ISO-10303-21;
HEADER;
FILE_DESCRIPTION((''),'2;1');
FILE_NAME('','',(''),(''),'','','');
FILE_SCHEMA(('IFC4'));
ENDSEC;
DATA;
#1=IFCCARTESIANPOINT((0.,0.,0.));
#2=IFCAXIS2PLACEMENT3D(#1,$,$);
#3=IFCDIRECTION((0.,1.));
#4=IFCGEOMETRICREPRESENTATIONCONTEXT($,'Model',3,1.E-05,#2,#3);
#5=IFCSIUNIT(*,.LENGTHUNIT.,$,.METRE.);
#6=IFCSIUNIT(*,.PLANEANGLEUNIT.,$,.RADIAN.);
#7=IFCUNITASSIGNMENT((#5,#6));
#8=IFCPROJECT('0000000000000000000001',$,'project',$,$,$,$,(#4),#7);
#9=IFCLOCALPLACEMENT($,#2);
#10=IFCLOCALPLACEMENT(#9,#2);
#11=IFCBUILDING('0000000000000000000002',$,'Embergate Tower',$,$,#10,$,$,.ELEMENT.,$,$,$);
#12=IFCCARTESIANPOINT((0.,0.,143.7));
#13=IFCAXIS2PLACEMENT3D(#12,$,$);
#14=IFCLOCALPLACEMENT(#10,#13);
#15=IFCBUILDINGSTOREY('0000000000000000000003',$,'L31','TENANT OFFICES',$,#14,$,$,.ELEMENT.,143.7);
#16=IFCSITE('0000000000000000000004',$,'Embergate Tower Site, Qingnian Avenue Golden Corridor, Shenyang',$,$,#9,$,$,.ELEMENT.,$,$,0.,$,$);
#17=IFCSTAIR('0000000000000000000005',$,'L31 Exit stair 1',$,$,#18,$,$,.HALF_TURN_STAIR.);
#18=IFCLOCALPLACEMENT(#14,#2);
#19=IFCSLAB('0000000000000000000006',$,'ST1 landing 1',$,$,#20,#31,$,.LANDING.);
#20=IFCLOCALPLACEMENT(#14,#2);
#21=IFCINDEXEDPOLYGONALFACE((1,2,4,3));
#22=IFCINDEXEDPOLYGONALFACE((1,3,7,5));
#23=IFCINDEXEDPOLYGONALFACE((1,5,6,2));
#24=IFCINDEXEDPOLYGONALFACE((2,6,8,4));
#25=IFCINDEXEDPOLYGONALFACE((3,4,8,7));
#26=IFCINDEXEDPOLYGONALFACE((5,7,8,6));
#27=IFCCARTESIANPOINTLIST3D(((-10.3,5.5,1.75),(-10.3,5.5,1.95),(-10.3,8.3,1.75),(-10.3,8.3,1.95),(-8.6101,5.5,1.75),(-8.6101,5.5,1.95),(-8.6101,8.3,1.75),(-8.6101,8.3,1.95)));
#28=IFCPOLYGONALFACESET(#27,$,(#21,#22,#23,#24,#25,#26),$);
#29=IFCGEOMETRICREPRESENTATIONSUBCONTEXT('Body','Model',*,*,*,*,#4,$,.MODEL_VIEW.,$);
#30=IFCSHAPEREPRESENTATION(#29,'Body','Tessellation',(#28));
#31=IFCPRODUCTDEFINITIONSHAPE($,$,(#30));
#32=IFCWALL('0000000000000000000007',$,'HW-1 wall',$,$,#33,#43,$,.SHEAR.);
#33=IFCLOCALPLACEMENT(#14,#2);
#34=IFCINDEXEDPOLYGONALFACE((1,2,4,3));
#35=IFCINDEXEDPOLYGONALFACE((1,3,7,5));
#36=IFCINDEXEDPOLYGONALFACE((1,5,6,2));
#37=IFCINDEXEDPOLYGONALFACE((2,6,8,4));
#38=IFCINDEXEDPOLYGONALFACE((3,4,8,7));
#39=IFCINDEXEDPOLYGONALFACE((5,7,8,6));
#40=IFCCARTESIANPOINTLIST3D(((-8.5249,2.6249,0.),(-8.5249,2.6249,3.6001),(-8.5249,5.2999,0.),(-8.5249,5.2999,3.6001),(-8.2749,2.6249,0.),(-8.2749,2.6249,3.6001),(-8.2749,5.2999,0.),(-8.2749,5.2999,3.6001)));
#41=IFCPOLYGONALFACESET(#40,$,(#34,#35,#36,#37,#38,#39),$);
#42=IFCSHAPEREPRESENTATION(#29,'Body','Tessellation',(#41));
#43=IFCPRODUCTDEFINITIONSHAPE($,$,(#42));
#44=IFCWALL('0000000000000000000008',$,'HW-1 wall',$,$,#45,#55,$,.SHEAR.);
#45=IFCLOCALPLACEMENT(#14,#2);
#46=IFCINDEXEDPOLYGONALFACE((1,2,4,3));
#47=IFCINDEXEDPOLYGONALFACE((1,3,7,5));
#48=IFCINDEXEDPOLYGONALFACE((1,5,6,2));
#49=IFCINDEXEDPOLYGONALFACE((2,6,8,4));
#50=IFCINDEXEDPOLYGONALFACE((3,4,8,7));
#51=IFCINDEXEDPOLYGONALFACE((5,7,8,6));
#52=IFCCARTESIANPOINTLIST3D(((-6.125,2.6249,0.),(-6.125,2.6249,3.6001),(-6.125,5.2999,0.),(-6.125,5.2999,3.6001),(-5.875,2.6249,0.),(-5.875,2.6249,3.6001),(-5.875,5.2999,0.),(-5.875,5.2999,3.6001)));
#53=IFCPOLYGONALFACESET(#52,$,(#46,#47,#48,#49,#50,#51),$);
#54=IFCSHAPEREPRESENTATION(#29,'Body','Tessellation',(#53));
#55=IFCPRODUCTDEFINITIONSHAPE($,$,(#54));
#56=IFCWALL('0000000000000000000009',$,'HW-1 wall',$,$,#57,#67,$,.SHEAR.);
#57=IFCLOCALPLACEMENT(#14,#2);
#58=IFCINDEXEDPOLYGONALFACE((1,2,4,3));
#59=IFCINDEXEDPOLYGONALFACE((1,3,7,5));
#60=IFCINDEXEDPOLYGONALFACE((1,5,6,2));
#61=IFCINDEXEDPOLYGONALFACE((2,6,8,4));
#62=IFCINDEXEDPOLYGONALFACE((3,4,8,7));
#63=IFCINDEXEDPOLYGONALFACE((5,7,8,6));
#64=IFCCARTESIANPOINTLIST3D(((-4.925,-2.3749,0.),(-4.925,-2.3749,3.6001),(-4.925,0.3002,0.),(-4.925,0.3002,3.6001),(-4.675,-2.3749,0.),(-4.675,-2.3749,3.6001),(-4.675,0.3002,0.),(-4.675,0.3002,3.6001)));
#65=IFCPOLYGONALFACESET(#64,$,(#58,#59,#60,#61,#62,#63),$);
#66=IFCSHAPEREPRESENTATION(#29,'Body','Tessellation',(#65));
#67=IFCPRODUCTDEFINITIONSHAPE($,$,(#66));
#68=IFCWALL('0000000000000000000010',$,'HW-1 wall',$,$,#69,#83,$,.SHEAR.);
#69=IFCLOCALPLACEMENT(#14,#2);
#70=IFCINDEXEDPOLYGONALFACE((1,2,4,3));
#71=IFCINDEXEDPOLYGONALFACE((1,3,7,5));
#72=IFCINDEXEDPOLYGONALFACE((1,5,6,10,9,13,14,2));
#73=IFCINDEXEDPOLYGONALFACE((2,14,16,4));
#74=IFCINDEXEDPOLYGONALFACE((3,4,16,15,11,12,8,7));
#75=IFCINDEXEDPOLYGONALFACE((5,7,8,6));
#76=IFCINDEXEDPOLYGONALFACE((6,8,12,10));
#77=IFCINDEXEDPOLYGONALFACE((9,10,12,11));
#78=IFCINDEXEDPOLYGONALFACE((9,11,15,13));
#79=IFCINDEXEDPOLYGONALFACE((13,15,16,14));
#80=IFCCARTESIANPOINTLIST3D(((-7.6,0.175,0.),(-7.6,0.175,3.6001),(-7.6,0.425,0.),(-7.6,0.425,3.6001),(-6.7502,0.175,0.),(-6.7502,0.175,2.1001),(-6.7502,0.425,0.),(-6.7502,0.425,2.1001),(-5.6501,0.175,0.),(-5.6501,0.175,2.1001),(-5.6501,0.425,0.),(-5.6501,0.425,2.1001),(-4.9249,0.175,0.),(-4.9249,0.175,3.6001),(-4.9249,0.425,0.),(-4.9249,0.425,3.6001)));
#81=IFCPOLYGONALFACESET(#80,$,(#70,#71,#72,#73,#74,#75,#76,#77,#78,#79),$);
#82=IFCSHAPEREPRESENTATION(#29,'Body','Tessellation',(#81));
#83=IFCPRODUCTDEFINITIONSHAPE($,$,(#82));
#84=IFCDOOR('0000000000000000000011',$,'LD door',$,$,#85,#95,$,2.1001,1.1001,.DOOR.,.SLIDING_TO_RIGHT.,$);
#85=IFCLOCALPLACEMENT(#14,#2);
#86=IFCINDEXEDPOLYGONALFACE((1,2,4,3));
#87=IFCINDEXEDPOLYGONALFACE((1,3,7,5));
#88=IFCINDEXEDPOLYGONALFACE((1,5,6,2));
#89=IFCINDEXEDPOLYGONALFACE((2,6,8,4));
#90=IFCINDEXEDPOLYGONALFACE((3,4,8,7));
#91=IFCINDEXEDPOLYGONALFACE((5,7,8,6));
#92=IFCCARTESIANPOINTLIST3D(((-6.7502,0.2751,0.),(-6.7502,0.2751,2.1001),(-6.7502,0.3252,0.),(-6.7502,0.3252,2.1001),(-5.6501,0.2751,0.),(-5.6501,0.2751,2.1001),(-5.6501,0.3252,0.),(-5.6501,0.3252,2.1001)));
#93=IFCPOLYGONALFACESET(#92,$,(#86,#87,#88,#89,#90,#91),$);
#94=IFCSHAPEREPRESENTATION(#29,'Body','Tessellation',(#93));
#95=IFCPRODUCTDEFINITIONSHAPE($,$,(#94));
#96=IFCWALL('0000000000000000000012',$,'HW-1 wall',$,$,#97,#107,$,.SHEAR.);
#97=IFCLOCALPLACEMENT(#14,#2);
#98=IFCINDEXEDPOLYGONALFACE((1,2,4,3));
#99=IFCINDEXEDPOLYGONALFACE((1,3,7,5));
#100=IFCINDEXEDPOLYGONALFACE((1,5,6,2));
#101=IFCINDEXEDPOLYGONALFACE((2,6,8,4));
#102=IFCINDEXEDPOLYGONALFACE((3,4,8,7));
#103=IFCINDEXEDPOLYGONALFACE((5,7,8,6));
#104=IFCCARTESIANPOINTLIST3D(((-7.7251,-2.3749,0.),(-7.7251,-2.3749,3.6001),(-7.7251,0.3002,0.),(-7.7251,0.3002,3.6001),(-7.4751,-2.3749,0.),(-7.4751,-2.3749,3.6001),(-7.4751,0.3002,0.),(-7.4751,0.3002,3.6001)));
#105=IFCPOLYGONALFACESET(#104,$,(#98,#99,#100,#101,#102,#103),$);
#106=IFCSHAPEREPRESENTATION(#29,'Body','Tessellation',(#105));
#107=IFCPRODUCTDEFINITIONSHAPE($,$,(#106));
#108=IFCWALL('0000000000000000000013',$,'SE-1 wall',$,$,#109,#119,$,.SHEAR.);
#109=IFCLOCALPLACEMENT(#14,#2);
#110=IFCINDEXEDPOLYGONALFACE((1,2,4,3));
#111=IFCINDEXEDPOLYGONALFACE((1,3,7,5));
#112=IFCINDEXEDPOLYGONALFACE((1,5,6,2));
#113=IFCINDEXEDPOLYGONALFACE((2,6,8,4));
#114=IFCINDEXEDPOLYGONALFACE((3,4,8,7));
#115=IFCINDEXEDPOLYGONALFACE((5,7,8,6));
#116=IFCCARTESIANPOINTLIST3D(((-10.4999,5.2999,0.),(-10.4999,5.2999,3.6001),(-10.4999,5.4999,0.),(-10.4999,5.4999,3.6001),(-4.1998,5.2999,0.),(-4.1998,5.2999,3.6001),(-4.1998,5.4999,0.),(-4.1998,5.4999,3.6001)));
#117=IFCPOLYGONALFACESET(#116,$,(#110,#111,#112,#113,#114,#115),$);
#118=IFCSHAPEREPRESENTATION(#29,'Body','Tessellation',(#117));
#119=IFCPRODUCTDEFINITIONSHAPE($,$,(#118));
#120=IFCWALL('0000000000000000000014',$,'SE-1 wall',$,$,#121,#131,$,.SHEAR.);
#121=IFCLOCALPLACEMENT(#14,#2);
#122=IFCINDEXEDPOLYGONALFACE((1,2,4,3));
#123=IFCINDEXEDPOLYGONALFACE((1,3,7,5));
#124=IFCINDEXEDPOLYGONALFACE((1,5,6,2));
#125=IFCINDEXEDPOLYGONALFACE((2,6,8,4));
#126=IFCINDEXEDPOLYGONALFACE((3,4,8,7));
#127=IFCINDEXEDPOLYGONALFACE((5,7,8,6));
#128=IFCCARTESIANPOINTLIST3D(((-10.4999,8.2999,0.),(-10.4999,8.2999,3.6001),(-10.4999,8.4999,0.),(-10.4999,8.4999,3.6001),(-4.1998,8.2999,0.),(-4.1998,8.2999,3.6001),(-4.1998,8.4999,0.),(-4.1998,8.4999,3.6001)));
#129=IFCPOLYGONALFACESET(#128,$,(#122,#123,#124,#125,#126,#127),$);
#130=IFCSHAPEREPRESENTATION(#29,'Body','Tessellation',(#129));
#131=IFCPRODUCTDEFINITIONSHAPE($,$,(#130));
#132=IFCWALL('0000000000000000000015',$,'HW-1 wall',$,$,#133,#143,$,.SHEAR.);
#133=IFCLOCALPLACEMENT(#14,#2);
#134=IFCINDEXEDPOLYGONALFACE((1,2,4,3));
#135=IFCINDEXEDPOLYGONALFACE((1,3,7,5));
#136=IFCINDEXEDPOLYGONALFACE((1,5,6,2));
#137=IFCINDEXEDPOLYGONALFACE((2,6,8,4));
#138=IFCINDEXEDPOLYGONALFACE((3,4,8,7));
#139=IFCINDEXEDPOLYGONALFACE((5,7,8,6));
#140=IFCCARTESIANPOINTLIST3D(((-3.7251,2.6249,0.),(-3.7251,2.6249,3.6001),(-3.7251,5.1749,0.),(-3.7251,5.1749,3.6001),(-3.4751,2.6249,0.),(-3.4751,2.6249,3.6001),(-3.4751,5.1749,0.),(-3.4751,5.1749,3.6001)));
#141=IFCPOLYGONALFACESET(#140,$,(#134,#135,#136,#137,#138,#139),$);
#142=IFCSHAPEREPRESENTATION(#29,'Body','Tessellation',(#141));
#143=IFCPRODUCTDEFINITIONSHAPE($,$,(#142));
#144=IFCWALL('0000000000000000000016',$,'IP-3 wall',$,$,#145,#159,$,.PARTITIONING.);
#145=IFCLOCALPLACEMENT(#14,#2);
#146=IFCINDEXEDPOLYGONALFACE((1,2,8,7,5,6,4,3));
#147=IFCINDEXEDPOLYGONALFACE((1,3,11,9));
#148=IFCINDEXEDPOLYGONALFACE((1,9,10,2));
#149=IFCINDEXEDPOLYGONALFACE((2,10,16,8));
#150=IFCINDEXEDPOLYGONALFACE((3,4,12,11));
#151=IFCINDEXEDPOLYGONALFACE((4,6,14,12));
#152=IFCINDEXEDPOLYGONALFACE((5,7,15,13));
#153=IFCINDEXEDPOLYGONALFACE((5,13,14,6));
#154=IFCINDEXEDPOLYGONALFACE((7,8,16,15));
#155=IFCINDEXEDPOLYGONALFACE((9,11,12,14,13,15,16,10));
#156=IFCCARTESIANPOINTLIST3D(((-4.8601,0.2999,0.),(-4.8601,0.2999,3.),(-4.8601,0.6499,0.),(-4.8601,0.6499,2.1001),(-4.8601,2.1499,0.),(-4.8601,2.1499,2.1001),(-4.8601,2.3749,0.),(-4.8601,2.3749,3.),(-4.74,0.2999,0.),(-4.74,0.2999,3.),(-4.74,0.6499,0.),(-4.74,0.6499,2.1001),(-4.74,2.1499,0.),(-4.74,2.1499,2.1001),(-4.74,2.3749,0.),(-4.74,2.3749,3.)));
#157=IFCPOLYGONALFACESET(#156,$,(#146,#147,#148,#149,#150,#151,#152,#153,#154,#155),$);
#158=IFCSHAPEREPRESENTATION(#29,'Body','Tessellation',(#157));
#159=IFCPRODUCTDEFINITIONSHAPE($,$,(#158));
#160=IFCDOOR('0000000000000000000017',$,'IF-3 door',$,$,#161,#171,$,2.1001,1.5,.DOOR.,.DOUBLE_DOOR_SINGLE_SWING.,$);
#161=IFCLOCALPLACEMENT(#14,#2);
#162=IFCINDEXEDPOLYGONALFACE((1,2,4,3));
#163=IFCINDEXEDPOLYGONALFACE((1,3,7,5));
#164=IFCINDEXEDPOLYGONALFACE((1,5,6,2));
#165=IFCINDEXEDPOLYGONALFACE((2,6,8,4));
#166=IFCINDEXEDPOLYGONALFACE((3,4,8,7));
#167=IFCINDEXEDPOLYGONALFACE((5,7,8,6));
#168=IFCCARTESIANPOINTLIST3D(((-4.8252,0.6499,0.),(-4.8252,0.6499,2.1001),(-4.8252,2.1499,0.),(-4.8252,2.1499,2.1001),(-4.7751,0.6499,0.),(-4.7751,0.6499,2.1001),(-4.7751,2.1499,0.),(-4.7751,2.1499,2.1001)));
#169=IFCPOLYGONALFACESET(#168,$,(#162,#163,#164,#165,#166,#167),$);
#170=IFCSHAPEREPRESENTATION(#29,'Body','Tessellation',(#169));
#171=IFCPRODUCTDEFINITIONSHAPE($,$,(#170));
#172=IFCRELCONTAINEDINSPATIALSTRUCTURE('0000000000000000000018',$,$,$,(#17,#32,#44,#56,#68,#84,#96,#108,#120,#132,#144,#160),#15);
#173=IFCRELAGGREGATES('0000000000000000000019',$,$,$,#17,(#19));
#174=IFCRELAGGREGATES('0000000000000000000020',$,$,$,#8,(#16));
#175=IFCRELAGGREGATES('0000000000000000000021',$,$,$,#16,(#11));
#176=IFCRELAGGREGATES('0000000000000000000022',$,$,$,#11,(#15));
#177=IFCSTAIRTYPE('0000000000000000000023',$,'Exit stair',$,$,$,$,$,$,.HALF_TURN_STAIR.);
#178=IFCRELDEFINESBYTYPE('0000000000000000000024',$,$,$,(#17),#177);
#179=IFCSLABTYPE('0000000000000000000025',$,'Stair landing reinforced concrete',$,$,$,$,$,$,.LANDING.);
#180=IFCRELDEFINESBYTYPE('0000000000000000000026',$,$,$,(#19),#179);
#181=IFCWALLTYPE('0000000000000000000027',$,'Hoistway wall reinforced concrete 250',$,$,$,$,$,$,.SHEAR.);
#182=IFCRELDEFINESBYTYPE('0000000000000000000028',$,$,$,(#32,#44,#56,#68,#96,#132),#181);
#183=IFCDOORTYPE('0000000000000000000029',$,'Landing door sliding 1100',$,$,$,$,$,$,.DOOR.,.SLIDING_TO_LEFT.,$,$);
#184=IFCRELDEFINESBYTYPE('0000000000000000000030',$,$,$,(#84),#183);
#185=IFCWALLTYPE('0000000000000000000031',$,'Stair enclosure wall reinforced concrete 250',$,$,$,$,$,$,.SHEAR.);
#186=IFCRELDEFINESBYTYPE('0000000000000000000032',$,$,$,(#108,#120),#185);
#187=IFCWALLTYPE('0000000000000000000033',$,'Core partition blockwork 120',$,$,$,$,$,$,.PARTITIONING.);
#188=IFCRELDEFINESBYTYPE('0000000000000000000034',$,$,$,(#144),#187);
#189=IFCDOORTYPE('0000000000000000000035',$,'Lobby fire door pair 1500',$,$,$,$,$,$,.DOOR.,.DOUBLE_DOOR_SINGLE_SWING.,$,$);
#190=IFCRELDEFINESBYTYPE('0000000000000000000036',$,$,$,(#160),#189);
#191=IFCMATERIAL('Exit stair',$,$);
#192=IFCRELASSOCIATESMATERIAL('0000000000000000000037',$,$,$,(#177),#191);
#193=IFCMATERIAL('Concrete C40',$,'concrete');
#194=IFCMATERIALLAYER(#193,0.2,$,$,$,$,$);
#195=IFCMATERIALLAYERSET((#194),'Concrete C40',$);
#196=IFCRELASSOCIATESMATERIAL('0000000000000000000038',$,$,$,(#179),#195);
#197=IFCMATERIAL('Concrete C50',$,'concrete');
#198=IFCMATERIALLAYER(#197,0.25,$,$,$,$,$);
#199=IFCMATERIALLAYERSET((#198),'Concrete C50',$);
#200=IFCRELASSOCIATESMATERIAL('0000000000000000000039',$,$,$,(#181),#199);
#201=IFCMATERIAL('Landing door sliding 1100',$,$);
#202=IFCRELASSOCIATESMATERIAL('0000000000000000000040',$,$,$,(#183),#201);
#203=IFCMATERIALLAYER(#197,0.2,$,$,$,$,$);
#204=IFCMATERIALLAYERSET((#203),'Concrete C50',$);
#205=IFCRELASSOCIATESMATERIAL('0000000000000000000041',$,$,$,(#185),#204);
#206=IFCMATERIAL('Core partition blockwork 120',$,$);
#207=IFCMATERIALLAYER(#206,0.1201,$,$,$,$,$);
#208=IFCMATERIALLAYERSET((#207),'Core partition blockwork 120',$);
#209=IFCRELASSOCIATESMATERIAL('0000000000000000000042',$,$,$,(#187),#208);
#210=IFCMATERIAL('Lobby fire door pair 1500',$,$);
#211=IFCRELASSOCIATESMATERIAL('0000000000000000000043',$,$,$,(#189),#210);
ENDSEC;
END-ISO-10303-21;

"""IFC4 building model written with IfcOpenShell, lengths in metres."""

from ifc_helpers import new_model, si_unit, direction, frame, frame_2d, origin, place, context, subcontext, project, spatial, polyline, rectangle, outline, extrude, source, transform, mapped, material, layer, layer_set, type_object, element, fill, aggregate, save


model = new_model("IFC4")

# Units and contexts
model_context = context("Model", 3, precision=1e-05, world=origin(), true_north=direction((0.0, 1.0)))
body_context = subcontext(model_context, "Body", "Model", "MODEL_VIEW")
ifc_project = project(units=[si_unit("LENGTHUNIT", "METRE"), si_unit("PLANEANGLEUNIT", "RADIAN")], contexts=[model_context])

# Site, building, storey
site_placement = place(None, origin())
site = spatial("IfcSite", under=ifc_project, at=site_placement, Name="Embergate Tower Site, Qingnian Avenue Golden Corridor, Shenyang", CompositionType="ELEMENT", RefElevation=0.0)
building_placement = place(site_placement, origin())
building = spatial("IfcBuilding", under=site, at=building_placement, Name="Embergate Tower", CompositionType="ELEMENT")
storey_placement = place(building_placement, frame((0.0, 0.0, 143.7)))
storey = spatial("IfcBuildingStorey", under=building, at=storey_placement, Name="L31", Description="TENANT OFFICES", CompositionType="ELEMENT", Elevation=143.7)

# Stair, slab
ifc_material_1 = material(Name="Exit stair")
stair_type = type_object("IfcStairType", Name="Exit stair", PredefinedType="HALF_TURN_STAIR", material=ifc_material_1)
stair_placement = place(storey_placement, origin())
stair = element("IfcStair", 1, at=stair_placement, inside=storey, type_object=stair_type, Name="L31 Exit stair 1", PredefinedType="HALF_TURN_STAIR")
ifc_material_2 = material(Name="Concrete C40", Category="concrete")
ifc_layer_1 = layer(ifc_material_2, 0.2)
ifc_layer_set_1 = layer_set([ifc_layer_1], Name="Concrete C40")
slab_type = type_object("IfcSlabType", Name="Stair landing reinforced concrete", PredefinedType="LANDING", material=ifc_layer_set_1)
shared_shape_1 = source(origin(), body_context, "Body", "SweptSolid", [
    extrude(outline(polyline([(0.0, 0.0), (1.6899, 0.0), (1.6899, 2.8), (0.0, 2.8), (0.0, 0.0)])), origin(), (0.0, 0.0, 1.0), 0.2),
])
slab_placement = place(storey_placement, frame((-10.3, 5.5, 1.75)))
slab = element("IfcSlab", 2, at=slab_placement, type_object=slab_type, Name="ST1 landing 1", PredefinedType="LANDING", context=body_context, shape_type="MappedRepresentation", body=[
    mapped(shared_shape_1, transform((0.0, 0.0, 0.0))),
])

# Walls
ifc_material_3 = material(Name="Concrete C50", Category="concrete")
ifc_layer_2 = layer(ifc_material_3, 0.25)
ifc_layer_set_2 = layer_set([ifc_layer_2], Name="Concrete C50")
wall_type_1 = type_object("IfcWallType", Name="Hoistway wall reinforced concrete 250", PredefinedType="SHEAR", material=ifc_layer_set_2)
shared_shape_2 = source(origin(), body_context, "Body", "SweptSolid", [
    extrude(rectangle(XDim=2.675, YDim=0.25, at=frame_2d((1.3374, 0.0))), origin(), (0.0, 0.0, 1.0), 3.6001),
])
for number, where, z_axis, x_axis, name in (
    (3, (-8.3999, 2.625, 0.0), (0.0, 0.0, 1.0), (0.0, 1.0, 0.0), "HW-1 wall"),
    (4, (-6.0, 2.625, 0.0), (0.0, 0.0, 1.0), (0.0, 1.0, 0.0), "HW-1 wall"),
    (5, (-4.8, 0.3, 0.0), (0.0, 0.0, 1.0), (0.0, -1.0, 0.0), "HW-1 wall"),
):
    element("IfcWall", number, at=place(storey_placement, frame(where, z_axis=z_axis, x_axis=x_axis)), inside=storey, type_object=wall_type_1, Name=name, PredefinedType="SHEAR", context=body_context, shape_type="MappedRepresentation", body=[
        mapped(shared_shape_2, transform((0.0, 0.0, 0.0))),
    ])

# Wall, opening, door
wall_1_placement = place(storey_placement, frame((-4.925, 0.3, 0.0), z_axis=(0.0, 0.0, 1.0), x_axis=(-1.0, 0.0, 0.0)))
wall_1 = element("IfcWall", 6, at=wall_1_placement, inside=storey, type_object=wall_type_1, Name="HW-1 wall", PredefinedType="SHEAR", context=body_context, shape_type="MappedRepresentation", body=[
    mapped(shared_shape_2, transform((0.0, 0.0, 0.0))),
])
shared_shape_3 = source(origin(), body_context, "Body", "SweptSolid", [
    extrude(rectangle(XDim=1.1001, YDim=2.1001, at=frame_2d((0.55, 1.05))), frame((0.0, 0.135, 0.0), z_axis=(0.0, -1.0, 0.0), x_axis=(1.0, 0.0, 0.0)), (0.0, 0.0, 1.0), 0.27),
])
opening_1_placement = place(wall_1_placement, frame((0.7251, 0.0, 0.0)))
opening_1 = element("IfcOpeningElement", 7, at=opening_1_placement, cuts=wall_1, PredefinedType="OPENING", context=body_context, shape_type="MappedRepresentation", body=[
    mapped(shared_shape_3, transform((0.0, 0.0, 0.0))),
])
ifc_material_4 = material(Name="Landing door sliding 1100")
door_type_1 = type_object("IfcDoorType", Name="Landing door sliding 1100", OperationType="SLIDING_TO_LEFT", PredefinedType="DOOR", material=ifc_material_4)
shared_shape_4 = source(origin(), body_context, "Body", "SweptSolid", [
    extrude(rectangle(XDim=1.1001, YDim=2.1001, at=frame_2d((0.55, 1.05))), frame((0.0, 0.0249, 0.0), z_axis=(0.0, -1.0, 0.0), x_axis=(1.0, 0.0, 0.0)), (0.0, 0.0, 1.0), 0.05),
])
door_1_placement = place(opening_1_placement, origin())
door_1 = element("IfcDoor", 8, at=door_1_placement, inside=storey, type_object=door_type_1, Name="LD door", OperationType="SLIDING_TO_RIGHT", OverallHeight=2.1001, OverallWidth=1.1001, PredefinedType="DOOR", context=body_context, shape_type="MappedRepresentation", body=[
    mapped(shared_shape_4, transform((0.0, 0.0, 0.0))),
])
fill(opening_1, door_1)

# Walls
wall_2_placement = place(storey_placement, frame((-7.6001, 0.3, 0.0), z_axis=(0.0, 0.0, 1.0), x_axis=(0.0, -1.0, 0.0)))
element("IfcWall", 9, at=wall_2_placement, inside=storey, type_object=wall_type_1, Name="HW-1 wall", PredefinedType="SHEAR", context=body_context, shape_type="MappedRepresentation", body=[
    mapped(shared_shape_2, transform((0.0, 0.0, 0.0))),
])
ifc_layer_3 = layer(ifc_material_3, 0.2)
ifc_layer_set_3 = layer_set([ifc_layer_3], Name="Concrete C50")
wall_type_2 = type_object("IfcWallType", Name="Stair enclosure wall reinforced concrete 250", PredefinedType="SHEAR", material=ifc_layer_set_3)
shared_shape_5 = source(origin(), body_context, "Body", "SweptSolid", [
    extrude(rectangle(XDim=6.3, YDim=0.2, at=frame_2d((3.1499, 0.0))), origin(), (0.0, 0.0, 1.0), 3.6001),
])
for number, where, z_axis, x_axis, name in (
    (10, (-4.2, 5.3999, 0.0), (0.0, 0.0, 1.0), (-1.0, 0.0, 0.0), "SE-1 wall"),
    (11, (-4.2, 8.3999, 0.0), (0.0, 0.0, 1.0), (-1.0, 0.0, 0.0), "SE-1 wall"),
):
    element("IfcWall", number, at=place(storey_placement, frame(where, z_axis=z_axis, x_axis=x_axis)), inside=storey, type_object=wall_type_2, Name=name, PredefinedType="SHEAR", context=body_context, shape_type="MappedRepresentation", body=[
        mapped(shared_shape_5, transform((0.0, 0.0, 0.0))),
    ])
shared_shape_6 = source(origin(), body_context, "Body", "SweptSolid", [
    extrude(rectangle(XDim=2.55, YDim=0.25, at=frame_2d((1.2749, 0.0))), origin(), (0.0, 0.0, 1.0), 3.6001),
])
wall_3_placement = place(storey_placement, frame((-3.6001, 2.625, 0.0), z_axis=(0.0, 0.0, 1.0), x_axis=(0.0, 1.0, 0.0)))
element("IfcWall", 12, at=wall_3_placement, inside=storey, type_object=wall_type_1, Name="HW-1 wall", PredefinedType="SHEAR", context=body_context, shape_type="MappedRepresentation", body=[
    mapped(shared_shape_6, transform((0.0, 0.0, 0.0))),
])

# Wall, opening, door
ifc_material_5 = material(Name="Core partition blockwork 120")
ifc_layer_4 = layer(ifc_material_5, 0.1201)
ifc_layer_set_4 = layer_set([ifc_layer_4], Name="Core partition blockwork 120")
wall_type_3 = type_object("IfcWallType", Name="Core partition blockwork 120", PredefinedType="PARTITIONING", material=ifc_layer_set_4)
shared_shape_7 = source(origin(), body_context, "Body", "SweptSolid", [
    extrude(rectangle(XDim=2.075, YDim=0.1201, at=frame_2d((1.0376, 0.0))), origin(), (0.0, 0.0, 1.0), 3.0),
])
wall_4_placement = place(storey_placement, frame((-4.8, 2.375, 0.0), z_axis=(0.0, 0.0, 1.0), x_axis=(0.0, -1.0, 0.0)))
wall_4 = element("IfcWall", 13, at=wall_4_placement, inside=storey, type_object=wall_type_3, Name="IP-3 wall", PredefinedType="PARTITIONING", context=body_context, shape_type="MappedRepresentation", body=[
    mapped(shared_shape_7, transform((0.0, 0.0, 0.0))),
])
shared_shape_8 = source(origin(), body_context, "Body", "SweptSolid", [
    extrude(rectangle(XDim=1.5, YDim=2.1001, at=frame_2d((0.75, 1.05))), frame((0.0, 0.0701, 0.0), z_axis=(0.0, -1.0, 0.0), x_axis=(1.0, 0.0, 0.0)), (0.0, 0.0, 1.0), 0.1401),
])
opening_2_placement = place(wall_4_placement, frame((0.2251, 0.0, 0.0)))
opening_2 = element("IfcOpeningElement", 14, at=opening_2_placement, cuts=wall_4, PredefinedType="OPENING", context=body_context, shape_type="MappedRepresentation", body=[
    mapped(shared_shape_8, transform((0.0, 0.0, 0.0))),
])
ifc_material_6 = material(Name="Lobby fire door pair 1500")
door_type_2 = type_object("IfcDoorType", Name="Lobby fire door pair 1500", OperationType="DOUBLE_DOOR_SINGLE_SWING", PredefinedType="DOOR", material=ifc_material_6)
shared_shape_9 = source(origin(), body_context, "Body", "SweptSolid", [
    extrude(rectangle(XDim=1.5, YDim=2.1001, at=frame_2d((0.75, 1.05))), frame((0.0, 0.0249, 0.0), z_axis=(0.0, -1.0, 0.0), x_axis=(1.0, 0.0, 0.0)), (0.0, 0.0, 1.0), 0.05),
])
door_2_placement = place(opening_2_placement, origin())
door_2 = element("IfcDoor", 15, at=door_2_placement, inside=storey, type_object=door_type_2, Name="IF-3 door", OperationType="DOUBLE_DOOR_SINGLE_SWING", OverallHeight=2.1001, OverallWidth=1.5, PredefinedType="DOOR", context=body_context, shape_type="MappedRepresentation", body=[
    mapped(shared_shape_9, transform((0.0, 0.0, 0.0))),
])
fill(opening_2, door_2)

aggregate(stair, [slab])

save(model, "model.ifc")
